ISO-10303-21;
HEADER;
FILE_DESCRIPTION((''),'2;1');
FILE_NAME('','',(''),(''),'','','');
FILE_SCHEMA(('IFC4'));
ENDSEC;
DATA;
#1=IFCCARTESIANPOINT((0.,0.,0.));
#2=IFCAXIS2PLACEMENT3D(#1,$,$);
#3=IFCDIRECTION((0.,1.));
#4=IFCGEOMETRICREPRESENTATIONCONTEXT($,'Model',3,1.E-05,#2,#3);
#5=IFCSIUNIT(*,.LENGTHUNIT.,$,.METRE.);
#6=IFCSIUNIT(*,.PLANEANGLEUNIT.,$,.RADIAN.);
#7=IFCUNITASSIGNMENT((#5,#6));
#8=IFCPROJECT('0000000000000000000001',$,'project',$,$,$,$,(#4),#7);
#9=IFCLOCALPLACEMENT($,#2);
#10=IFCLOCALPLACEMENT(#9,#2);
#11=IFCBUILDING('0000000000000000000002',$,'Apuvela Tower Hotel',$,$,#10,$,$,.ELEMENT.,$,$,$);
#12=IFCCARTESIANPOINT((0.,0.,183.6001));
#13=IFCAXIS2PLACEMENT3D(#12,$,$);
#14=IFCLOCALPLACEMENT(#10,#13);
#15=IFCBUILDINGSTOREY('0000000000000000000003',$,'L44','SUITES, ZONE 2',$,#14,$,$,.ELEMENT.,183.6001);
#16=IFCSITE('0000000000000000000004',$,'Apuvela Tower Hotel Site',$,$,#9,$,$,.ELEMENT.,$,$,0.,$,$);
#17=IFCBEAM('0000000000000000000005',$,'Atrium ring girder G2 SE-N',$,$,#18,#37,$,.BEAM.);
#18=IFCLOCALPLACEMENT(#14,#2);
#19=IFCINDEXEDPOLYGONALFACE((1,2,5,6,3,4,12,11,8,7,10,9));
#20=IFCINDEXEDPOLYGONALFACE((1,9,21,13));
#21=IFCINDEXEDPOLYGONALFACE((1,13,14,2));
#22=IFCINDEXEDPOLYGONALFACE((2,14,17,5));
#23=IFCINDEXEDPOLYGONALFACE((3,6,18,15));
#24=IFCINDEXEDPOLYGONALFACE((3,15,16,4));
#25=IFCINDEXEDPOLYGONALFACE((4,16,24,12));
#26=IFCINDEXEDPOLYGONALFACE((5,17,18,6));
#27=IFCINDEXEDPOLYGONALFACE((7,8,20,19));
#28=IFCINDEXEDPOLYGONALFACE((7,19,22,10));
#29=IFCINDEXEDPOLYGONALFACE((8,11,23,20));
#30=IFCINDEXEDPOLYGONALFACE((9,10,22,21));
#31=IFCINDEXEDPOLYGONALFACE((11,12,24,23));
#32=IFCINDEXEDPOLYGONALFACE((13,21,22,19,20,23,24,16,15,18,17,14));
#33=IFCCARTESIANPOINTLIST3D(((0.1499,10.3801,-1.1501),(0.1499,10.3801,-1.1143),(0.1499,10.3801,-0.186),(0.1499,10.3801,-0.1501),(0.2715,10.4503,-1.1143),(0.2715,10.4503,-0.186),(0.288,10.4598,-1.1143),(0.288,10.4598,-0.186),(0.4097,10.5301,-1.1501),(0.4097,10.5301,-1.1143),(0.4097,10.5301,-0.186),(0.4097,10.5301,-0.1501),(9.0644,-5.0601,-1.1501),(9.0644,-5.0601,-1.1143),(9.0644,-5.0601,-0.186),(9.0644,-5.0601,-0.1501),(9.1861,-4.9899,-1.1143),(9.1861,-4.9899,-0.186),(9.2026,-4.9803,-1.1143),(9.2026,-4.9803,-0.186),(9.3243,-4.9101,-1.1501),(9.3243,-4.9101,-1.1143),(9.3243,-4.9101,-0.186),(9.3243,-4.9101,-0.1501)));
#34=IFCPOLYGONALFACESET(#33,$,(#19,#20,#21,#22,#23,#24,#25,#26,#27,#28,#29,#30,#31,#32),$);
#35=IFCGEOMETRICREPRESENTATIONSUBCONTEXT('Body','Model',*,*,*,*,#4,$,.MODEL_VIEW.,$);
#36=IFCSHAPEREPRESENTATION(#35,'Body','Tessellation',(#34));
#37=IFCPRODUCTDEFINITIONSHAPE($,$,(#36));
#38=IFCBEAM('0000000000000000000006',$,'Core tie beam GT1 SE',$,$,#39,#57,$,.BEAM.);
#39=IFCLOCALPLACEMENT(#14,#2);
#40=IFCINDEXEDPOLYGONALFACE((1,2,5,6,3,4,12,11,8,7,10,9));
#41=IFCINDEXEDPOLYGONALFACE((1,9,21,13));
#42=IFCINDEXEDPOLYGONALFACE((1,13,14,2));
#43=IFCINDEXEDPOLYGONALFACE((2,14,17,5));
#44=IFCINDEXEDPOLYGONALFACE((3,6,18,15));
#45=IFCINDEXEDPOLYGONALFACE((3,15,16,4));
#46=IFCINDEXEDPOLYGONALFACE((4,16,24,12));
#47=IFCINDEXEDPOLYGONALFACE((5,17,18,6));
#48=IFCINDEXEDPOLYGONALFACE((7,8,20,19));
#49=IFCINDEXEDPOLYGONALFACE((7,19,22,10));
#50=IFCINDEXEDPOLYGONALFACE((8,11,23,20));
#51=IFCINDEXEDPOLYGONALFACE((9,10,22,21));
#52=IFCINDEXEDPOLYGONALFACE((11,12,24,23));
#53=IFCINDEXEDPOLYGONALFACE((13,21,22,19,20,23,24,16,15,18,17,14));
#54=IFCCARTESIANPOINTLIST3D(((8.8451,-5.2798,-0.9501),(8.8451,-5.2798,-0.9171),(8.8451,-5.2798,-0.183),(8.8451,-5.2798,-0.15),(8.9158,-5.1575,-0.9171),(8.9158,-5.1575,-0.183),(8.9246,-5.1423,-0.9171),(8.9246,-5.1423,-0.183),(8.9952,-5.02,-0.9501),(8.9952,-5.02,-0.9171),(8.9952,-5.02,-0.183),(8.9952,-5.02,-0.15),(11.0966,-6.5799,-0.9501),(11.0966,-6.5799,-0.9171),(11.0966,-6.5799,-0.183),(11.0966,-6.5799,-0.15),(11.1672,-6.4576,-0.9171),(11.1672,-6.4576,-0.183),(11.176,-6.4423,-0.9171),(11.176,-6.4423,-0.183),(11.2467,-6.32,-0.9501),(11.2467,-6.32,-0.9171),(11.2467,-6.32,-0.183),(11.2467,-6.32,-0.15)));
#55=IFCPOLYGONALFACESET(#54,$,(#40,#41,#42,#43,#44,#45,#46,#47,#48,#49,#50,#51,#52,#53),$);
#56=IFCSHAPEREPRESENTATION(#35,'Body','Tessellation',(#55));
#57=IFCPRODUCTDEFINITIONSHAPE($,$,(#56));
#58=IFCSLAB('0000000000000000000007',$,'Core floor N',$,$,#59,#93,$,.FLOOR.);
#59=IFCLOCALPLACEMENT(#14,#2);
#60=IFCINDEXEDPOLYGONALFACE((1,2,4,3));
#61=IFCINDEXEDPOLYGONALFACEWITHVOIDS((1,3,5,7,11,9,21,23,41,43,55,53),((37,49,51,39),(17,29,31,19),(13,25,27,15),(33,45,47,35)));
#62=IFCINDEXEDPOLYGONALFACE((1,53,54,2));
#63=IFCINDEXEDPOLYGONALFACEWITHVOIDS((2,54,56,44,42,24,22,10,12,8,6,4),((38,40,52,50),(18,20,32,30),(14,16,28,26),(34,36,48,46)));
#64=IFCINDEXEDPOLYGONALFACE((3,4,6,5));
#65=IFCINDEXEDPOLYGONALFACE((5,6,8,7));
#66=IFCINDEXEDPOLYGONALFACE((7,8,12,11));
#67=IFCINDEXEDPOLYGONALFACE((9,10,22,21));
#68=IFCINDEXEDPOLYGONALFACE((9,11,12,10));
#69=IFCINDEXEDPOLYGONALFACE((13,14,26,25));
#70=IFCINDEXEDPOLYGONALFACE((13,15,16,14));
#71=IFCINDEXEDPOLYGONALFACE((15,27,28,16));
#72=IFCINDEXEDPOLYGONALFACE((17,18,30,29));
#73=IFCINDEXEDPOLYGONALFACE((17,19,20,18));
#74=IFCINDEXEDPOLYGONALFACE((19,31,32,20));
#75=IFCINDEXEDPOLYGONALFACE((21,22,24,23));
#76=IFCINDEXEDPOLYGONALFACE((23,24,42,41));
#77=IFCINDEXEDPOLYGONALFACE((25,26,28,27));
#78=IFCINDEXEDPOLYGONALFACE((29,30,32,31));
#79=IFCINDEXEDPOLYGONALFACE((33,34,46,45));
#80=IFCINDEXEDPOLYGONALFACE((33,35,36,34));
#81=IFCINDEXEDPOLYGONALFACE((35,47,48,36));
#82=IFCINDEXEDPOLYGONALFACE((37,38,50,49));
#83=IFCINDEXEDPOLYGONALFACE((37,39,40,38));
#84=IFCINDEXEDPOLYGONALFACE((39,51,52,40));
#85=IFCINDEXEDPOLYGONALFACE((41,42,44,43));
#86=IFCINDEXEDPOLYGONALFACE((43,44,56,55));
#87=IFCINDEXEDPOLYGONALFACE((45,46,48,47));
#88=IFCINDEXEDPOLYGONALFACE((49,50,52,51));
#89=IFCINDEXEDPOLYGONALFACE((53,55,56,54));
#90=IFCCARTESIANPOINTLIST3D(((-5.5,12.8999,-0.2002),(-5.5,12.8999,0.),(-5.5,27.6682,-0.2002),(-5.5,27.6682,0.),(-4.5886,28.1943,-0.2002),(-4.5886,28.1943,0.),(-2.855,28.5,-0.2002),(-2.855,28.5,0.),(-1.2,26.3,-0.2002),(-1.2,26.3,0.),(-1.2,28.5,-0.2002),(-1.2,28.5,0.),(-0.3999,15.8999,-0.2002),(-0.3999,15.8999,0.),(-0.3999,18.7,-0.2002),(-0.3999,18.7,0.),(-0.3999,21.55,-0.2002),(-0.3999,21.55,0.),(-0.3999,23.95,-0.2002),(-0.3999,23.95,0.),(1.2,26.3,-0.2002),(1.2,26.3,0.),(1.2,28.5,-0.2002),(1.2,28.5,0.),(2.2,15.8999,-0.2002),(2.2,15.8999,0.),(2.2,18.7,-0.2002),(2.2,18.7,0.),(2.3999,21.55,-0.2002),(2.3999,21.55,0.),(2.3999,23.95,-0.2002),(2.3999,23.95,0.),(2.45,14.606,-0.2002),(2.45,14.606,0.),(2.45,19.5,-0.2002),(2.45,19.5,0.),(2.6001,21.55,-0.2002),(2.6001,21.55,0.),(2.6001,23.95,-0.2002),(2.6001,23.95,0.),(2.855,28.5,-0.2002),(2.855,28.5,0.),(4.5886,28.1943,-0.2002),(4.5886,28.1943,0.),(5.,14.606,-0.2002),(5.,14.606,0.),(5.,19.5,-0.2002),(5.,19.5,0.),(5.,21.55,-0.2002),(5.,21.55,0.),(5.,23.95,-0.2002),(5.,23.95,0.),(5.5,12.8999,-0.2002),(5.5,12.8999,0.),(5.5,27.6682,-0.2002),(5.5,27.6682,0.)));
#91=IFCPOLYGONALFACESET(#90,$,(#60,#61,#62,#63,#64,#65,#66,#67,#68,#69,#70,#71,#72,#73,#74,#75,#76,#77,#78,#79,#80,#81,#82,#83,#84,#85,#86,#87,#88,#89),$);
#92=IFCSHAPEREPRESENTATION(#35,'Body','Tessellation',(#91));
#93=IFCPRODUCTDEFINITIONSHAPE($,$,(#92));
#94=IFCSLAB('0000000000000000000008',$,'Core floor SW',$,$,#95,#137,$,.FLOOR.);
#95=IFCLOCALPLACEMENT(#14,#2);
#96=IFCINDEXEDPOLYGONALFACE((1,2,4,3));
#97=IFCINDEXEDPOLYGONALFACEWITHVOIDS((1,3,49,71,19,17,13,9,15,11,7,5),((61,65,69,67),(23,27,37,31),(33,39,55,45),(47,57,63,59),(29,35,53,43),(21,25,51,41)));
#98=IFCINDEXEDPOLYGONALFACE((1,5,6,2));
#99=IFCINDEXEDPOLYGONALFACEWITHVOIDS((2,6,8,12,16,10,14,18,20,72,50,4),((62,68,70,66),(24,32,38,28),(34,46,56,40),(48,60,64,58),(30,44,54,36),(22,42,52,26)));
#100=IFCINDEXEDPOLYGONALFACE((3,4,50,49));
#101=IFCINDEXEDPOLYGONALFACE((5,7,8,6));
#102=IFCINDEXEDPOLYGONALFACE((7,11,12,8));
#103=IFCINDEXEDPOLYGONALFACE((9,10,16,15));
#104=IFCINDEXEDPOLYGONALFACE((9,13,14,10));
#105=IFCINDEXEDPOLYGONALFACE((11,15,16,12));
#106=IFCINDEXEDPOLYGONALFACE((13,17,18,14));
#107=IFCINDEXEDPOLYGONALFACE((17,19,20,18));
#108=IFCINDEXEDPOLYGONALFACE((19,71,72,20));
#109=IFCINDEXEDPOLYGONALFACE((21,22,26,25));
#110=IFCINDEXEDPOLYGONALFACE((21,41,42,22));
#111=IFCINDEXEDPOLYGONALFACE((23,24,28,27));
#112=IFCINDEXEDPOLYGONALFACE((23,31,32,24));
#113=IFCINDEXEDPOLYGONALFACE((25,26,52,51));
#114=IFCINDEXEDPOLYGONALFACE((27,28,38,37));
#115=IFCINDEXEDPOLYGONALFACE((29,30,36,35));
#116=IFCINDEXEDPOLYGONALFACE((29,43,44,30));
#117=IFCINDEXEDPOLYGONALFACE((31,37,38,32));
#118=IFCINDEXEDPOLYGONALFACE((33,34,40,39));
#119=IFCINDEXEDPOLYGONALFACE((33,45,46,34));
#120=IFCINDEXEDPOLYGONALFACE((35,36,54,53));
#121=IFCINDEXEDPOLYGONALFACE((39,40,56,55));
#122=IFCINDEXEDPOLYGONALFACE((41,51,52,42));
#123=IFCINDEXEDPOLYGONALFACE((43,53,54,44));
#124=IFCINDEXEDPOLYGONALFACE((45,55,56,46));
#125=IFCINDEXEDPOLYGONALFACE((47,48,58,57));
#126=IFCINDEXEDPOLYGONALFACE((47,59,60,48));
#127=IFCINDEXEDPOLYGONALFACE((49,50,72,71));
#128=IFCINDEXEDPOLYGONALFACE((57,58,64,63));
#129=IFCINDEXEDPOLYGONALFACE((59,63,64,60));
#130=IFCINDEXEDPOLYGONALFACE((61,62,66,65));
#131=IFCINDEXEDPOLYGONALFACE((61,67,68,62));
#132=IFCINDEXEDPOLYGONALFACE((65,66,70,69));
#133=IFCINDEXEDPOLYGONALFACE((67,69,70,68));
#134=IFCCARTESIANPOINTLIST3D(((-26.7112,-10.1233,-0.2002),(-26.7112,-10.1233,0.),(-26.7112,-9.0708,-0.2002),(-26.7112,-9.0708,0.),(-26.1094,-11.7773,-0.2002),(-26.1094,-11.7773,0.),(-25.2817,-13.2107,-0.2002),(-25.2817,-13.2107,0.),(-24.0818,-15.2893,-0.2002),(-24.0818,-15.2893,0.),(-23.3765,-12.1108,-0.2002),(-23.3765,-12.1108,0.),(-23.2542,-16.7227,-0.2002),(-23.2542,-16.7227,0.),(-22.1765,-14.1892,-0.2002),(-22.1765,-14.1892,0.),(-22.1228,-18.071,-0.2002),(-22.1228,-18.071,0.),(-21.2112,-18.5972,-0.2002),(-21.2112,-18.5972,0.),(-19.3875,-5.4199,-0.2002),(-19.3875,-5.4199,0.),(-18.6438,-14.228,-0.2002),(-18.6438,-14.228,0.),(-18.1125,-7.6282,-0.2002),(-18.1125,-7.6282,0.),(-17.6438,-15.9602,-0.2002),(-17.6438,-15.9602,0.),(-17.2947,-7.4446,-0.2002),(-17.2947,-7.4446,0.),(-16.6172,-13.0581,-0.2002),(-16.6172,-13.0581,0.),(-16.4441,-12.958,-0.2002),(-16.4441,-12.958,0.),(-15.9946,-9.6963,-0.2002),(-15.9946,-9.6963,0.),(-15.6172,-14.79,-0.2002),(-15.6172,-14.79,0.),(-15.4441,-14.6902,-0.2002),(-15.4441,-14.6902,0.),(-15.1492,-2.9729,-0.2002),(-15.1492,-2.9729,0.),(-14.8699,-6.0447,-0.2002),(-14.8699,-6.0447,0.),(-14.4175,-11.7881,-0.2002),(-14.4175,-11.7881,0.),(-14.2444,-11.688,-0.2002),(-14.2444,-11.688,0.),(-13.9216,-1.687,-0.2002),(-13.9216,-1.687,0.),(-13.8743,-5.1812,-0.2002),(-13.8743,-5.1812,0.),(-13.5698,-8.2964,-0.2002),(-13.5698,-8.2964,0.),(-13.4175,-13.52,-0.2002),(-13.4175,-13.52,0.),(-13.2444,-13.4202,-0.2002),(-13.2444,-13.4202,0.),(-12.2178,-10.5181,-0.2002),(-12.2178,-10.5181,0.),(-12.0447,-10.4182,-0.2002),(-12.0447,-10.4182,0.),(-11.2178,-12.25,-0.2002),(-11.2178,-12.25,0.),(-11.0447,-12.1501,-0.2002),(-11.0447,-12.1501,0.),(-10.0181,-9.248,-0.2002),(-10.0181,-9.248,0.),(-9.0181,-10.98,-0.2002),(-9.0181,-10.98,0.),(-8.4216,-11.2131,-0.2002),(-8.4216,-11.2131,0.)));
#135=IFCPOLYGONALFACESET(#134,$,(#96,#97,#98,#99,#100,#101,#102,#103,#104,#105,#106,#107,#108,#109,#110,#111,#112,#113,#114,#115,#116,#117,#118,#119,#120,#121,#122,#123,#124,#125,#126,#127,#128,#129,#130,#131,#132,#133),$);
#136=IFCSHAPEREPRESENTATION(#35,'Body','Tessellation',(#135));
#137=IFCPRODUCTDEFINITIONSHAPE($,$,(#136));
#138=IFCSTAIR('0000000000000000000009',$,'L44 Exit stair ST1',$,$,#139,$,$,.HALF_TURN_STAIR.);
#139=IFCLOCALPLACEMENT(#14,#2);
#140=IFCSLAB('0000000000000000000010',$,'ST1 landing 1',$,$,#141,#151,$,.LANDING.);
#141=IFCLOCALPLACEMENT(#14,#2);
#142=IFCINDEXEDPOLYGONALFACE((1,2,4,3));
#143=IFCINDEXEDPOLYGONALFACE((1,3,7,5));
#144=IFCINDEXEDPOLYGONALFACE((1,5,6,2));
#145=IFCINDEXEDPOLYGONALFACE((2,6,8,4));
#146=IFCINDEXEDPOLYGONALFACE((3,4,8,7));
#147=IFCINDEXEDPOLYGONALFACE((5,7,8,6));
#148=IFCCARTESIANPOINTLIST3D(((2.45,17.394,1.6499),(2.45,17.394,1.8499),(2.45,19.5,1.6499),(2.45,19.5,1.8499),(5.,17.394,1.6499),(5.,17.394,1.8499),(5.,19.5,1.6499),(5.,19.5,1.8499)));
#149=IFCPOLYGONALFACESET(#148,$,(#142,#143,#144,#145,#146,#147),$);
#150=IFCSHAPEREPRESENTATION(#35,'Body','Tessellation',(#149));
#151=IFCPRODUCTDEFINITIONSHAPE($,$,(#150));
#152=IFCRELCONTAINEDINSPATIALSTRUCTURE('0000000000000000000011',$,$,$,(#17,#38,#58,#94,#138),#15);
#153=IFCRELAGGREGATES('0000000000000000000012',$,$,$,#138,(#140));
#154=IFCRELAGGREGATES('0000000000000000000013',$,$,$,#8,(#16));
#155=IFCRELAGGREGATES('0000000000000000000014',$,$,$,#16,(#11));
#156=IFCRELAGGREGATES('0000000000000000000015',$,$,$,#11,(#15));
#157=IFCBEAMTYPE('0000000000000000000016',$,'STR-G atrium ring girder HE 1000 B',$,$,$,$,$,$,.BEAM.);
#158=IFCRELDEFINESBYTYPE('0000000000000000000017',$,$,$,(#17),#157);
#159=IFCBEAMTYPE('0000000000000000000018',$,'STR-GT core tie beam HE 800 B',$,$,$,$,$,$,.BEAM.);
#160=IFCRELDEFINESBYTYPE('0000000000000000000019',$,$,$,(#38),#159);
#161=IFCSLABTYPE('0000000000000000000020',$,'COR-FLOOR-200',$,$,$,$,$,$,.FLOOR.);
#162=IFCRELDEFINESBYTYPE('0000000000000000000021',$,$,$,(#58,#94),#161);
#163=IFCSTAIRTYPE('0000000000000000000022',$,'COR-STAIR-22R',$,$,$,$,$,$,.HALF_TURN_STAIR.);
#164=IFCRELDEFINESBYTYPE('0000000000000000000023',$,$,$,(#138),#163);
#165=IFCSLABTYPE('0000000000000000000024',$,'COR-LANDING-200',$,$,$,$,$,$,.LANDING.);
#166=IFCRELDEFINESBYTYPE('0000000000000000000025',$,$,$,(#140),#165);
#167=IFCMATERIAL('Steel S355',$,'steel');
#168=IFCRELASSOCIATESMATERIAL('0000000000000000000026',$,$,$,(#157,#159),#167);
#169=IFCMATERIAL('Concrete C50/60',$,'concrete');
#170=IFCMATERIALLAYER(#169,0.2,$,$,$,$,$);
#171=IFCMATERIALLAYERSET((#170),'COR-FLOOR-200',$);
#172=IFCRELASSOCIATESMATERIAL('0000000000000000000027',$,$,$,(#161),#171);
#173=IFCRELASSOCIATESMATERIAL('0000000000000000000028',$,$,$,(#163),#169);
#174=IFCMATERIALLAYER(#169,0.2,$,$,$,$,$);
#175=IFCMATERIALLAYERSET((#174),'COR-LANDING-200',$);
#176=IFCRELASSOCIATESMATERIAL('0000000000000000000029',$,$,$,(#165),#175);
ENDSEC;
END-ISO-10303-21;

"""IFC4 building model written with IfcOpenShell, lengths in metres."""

from ifc_helpers import new_model, si_unit, direction, frame, origin, origin_2d, place, context, subcontext, project, spatial, polyline, i_section, outline, extrude, material, layer, layer_set, material_profile, profile_set, type_object, element, aggregate, save


model = new_model("IFC4")

# Units and contexts
model_context = context("Model", 3, precision=1e-05, world=origin(), true_north=direction((0.0, 1.0)))
body_context = subcontext(model_context, "Body", "Model", "MODEL_VIEW")
ifc_project = project(units=[si_unit("LENGTHUNIT", "METRE"), si_unit("PLANEANGLEUNIT", "RADIAN")], contexts=[model_context])

# Site, building, storey
site_placement = place(None, origin())
site = spatial("IfcSite", under=ifc_project, at=site_placement, Name="Apuvela Tower Hotel Site", CompositionType="ELEMENT", RefElevation=0.0)
building_placement = place(site_placement, origin())
building = spatial("IfcBuilding", under=site, at=building_placement, Name="Apuvela Tower Hotel", CompositionType="ELEMENT")
storey_placement = place(building_placement, frame((0.0, 0.0, 183.6001)))
storey = spatial("IfcBuildingStorey", under=building, at=storey_placement, Name="L44", Description="SUITES, ZONE 2", CompositionType="ELEMENT", Elevation=183.6001)

# Beams
ifc_material_1 = material(Name="Steel S355", Category="steel")
ifc_material_profile_1 = material_profile(ifc_material_1, i_section(OverallWidth=0.3, OverallDepth=1.0, WebThickness=0.019, FlangeThickness=0.0359, at=origin_2d()), Name="HE 1000 B")
ifc_profile_set_1 = profile_set([ifc_material_profile_1], Name="Steel S355")
beam_type_1 = type_object("IfcBeamType", Name="STR-G atrium ring girder HE 1000 B", PredefinedType="BEAM", material=ifc_profile_set_1)
beam_1_placement = place(storey_placement, frame((9.1943, -4.9851, -0.6501), z_axis=(-0.500007, 0.866022, 0.0), x_axis=(-0.866022, -0.500007, 0.0)))
element("IfcBeam", 1, at=beam_1_placement, inside=storey, type_object=beam_type_1, Name="Atrium ring girder G2 SE-N", PredefinedType="BEAM", context=body_context, shape_type="SweptSolid", body=[
    extrude(i_section(OverallWidth=0.3, OverallDepth=1.0, WebThickness=0.019, FlangeThickness=0.0359, at=origin_2d()), origin(), (0.0, 0.0, 1.0), 17.8289),
])
ifc_material_profile_2 = material_profile(ifc_material_1, i_section(OverallWidth=0.3, OverallDepth=0.8, WebThickness=0.0176, FlangeThickness=0.033, at=origin_2d()), Name="HE 800 B")
ifc_profile_set_2 = profile_set([ifc_material_profile_2], Name="Steel S355")
beam_type_2 = type_object("IfcBeamType", Name="STR-GT core tie beam HE 800 B", PredefinedType="BEAM", material=ifc_profile_set_2)
beam_2_placement = place(storey_placement, frame((11.1716, -6.45, -0.55), z_axis=(-0.865998, 0.500048, 0.0), x_axis=(-0.500048, -0.865998, 0.0)))
element("IfcBeam", 2, at=beam_2_placement, inside=storey, type_object=beam_type_2, Name="Core tie beam GT1 SE", PredefinedType="BEAM", context=body_context, shape_type="SweptSolid", body=[
    extrude(i_section(OverallWidth=0.3, OverallDepth=0.8, WebThickness=0.0176, FlangeThickness=0.033, at=origin_2d()), origin(), (0.0, 0.0, 1.0), 2.5999),
])

# Slabs
ifc_material_2 = material(Name="Concrete C50/60", Category="concrete")
ifc_layer_1 = layer(ifc_material_2, 0.2)
ifc_layer_set_1 = layer_set([ifc_layer_1], Name="COR-FLOOR-200")
slab_type_1 = type_object("IfcSlabType", Name="COR-FLOOR-200", PredefinedType="FLOOR", material=ifc_layer_set_1)
slab_1_placement = place(storey_placement, frame((0.0, 0.0, -0.2002)))
element("IfcSlab", 3, at=slab_1_placement, inside=storey, type_object=slab_type_1, Name="Core floor N", PredefinedType="FLOOR", context=body_context, shape_type="SweptSolid", body=[
    extrude(outline(polyline([(5.5, 27.6682), (4.5886, 28.1943), (2.855, 28.5), (1.2, 28.5), (1.2, 26.3), (-1.2, 26.3), (-1.2, 28.5), (-2.855, 28.5), (-4.5886, 28.1943), (-5.5, 27.6682), (-5.5, 12.8999), (5.5, 12.8999), (5.5, 27.6682)]), holes=[polyline([(5.0, 14.606), (2.45, 14.606), (2.45, 19.5), (5.0, 19.5), (5.0, 14.606)]), polyline([(2.2, 15.8999), (-0.3999, 15.8999), (-0.3999, 18.7), (2.2, 18.7), (2.2, 15.8999)]), polyline([(5.0, 21.55), (2.6001, 21.55), (2.6001, 23.95), (5.0, 23.95), (5.0, 21.55)]), polyline([(2.3999, 21.55), (-0.3999, 21.55), (-0.3999, 23.95), (2.3999, 23.95), (2.3999, 21.55)])]), origin(), (0.0, 0.0, 1.0), 0.2002),
])
slab_2_placement = place(storey_placement, frame((0.0, 0.0, -0.2002)))
element("IfcSlab", 4, at=slab_2_placement, inside=storey, type_object=slab_type_1, Name="Core floor SW", PredefinedType="FLOOR", context=body_context, shape_type="SweptSolid", body=[
    extrude(outline(polyline([(-26.7112, -9.0708), (-26.7112, -10.1233), (-26.1094, -11.7773), (-25.2817, -13.2107), (-23.3765, -12.1108), (-22.1765, -14.1892), (-24.0818, -15.2893), (-23.2542, -16.7227), (-22.1228, -18.071), (-21.2112, -18.5972), (-8.4216, -11.2131), (-13.9216, -1.687), (-26.7112, -9.0708)]), holes=[polyline([(-10.0181, -9.248), (-9.0181, -10.98), (-11.0447, -12.1501), (-12.0447, -10.4182), (-10.0181, -9.248)]), polyline([(-14.2444, -11.688), (-12.2178, -10.5181), (-11.2178, -12.25), (-13.2444, -13.4202), (-14.2444, -11.688)]), polyline([(-19.3875, -5.4199), (-15.1492, -2.9729), (-13.8743, -5.1812), (-18.1125, -7.6282), (-19.3875, -5.4199)]), polyline([(-14.8699, -6.0447), (-13.5698, -8.2964), (-15.9946, -9.6963), (-17.2947, -7.4446), (-14.8699, -6.0447)]), polyline([(-16.4441, -12.958), (-14.4175, -11.7881), (-13.4175, -13.52), (-15.4441, -14.6902), (-16.4441, -12.958)]), polyline([(-18.6438, -14.228), (-16.6172, -13.0581), (-15.6172, -14.79), (-17.6438, -15.9602), (-18.6438, -14.228)])]), origin(), (0.0, 0.0, 1.0), 0.2002),
])

# Stair, slab
stair_type = type_object("IfcStairType", Name="COR-STAIR-22R", PredefinedType="HALF_TURN_STAIR", material=ifc_material_2)
stair_1_placement = place(storey_placement, origin())
stair_1 = element("IfcStair", 5, at=stair_1_placement, inside=storey, type_object=stair_type, Name="L44 Exit stair ST1", PredefinedType="HALF_TURN_STAIR")
ifc_layer_2 = layer(ifc_material_2, 0.2)
ifc_layer_set_2 = layer_set([ifc_layer_2], Name="COR-LANDING-200")
slab_type_2 = type_object("IfcSlabType", Name="COR-LANDING-200", PredefinedType="LANDING", material=ifc_layer_set_2)
slab_3_placement = place(storey_placement, frame((0.0, 0.0, 1.6499)))
slab_3 = element("IfcSlab", 6, at=slab_3_placement, type_object=slab_type_2, Name="ST1 landing 1", PredefinedType="LANDING", context=body_context, shape_type="SweptSolid", body=[
    extrude(outline(polyline([(5.0, 17.394), (5.0, 19.5), (2.45, 19.5), (2.45, 17.394), (5.0, 17.394)])), origin(), (0.0, 0.0, 1.0), 0.2),
])
aggregate(stair_1, [slab_3])

save(model, "model.ifc")
